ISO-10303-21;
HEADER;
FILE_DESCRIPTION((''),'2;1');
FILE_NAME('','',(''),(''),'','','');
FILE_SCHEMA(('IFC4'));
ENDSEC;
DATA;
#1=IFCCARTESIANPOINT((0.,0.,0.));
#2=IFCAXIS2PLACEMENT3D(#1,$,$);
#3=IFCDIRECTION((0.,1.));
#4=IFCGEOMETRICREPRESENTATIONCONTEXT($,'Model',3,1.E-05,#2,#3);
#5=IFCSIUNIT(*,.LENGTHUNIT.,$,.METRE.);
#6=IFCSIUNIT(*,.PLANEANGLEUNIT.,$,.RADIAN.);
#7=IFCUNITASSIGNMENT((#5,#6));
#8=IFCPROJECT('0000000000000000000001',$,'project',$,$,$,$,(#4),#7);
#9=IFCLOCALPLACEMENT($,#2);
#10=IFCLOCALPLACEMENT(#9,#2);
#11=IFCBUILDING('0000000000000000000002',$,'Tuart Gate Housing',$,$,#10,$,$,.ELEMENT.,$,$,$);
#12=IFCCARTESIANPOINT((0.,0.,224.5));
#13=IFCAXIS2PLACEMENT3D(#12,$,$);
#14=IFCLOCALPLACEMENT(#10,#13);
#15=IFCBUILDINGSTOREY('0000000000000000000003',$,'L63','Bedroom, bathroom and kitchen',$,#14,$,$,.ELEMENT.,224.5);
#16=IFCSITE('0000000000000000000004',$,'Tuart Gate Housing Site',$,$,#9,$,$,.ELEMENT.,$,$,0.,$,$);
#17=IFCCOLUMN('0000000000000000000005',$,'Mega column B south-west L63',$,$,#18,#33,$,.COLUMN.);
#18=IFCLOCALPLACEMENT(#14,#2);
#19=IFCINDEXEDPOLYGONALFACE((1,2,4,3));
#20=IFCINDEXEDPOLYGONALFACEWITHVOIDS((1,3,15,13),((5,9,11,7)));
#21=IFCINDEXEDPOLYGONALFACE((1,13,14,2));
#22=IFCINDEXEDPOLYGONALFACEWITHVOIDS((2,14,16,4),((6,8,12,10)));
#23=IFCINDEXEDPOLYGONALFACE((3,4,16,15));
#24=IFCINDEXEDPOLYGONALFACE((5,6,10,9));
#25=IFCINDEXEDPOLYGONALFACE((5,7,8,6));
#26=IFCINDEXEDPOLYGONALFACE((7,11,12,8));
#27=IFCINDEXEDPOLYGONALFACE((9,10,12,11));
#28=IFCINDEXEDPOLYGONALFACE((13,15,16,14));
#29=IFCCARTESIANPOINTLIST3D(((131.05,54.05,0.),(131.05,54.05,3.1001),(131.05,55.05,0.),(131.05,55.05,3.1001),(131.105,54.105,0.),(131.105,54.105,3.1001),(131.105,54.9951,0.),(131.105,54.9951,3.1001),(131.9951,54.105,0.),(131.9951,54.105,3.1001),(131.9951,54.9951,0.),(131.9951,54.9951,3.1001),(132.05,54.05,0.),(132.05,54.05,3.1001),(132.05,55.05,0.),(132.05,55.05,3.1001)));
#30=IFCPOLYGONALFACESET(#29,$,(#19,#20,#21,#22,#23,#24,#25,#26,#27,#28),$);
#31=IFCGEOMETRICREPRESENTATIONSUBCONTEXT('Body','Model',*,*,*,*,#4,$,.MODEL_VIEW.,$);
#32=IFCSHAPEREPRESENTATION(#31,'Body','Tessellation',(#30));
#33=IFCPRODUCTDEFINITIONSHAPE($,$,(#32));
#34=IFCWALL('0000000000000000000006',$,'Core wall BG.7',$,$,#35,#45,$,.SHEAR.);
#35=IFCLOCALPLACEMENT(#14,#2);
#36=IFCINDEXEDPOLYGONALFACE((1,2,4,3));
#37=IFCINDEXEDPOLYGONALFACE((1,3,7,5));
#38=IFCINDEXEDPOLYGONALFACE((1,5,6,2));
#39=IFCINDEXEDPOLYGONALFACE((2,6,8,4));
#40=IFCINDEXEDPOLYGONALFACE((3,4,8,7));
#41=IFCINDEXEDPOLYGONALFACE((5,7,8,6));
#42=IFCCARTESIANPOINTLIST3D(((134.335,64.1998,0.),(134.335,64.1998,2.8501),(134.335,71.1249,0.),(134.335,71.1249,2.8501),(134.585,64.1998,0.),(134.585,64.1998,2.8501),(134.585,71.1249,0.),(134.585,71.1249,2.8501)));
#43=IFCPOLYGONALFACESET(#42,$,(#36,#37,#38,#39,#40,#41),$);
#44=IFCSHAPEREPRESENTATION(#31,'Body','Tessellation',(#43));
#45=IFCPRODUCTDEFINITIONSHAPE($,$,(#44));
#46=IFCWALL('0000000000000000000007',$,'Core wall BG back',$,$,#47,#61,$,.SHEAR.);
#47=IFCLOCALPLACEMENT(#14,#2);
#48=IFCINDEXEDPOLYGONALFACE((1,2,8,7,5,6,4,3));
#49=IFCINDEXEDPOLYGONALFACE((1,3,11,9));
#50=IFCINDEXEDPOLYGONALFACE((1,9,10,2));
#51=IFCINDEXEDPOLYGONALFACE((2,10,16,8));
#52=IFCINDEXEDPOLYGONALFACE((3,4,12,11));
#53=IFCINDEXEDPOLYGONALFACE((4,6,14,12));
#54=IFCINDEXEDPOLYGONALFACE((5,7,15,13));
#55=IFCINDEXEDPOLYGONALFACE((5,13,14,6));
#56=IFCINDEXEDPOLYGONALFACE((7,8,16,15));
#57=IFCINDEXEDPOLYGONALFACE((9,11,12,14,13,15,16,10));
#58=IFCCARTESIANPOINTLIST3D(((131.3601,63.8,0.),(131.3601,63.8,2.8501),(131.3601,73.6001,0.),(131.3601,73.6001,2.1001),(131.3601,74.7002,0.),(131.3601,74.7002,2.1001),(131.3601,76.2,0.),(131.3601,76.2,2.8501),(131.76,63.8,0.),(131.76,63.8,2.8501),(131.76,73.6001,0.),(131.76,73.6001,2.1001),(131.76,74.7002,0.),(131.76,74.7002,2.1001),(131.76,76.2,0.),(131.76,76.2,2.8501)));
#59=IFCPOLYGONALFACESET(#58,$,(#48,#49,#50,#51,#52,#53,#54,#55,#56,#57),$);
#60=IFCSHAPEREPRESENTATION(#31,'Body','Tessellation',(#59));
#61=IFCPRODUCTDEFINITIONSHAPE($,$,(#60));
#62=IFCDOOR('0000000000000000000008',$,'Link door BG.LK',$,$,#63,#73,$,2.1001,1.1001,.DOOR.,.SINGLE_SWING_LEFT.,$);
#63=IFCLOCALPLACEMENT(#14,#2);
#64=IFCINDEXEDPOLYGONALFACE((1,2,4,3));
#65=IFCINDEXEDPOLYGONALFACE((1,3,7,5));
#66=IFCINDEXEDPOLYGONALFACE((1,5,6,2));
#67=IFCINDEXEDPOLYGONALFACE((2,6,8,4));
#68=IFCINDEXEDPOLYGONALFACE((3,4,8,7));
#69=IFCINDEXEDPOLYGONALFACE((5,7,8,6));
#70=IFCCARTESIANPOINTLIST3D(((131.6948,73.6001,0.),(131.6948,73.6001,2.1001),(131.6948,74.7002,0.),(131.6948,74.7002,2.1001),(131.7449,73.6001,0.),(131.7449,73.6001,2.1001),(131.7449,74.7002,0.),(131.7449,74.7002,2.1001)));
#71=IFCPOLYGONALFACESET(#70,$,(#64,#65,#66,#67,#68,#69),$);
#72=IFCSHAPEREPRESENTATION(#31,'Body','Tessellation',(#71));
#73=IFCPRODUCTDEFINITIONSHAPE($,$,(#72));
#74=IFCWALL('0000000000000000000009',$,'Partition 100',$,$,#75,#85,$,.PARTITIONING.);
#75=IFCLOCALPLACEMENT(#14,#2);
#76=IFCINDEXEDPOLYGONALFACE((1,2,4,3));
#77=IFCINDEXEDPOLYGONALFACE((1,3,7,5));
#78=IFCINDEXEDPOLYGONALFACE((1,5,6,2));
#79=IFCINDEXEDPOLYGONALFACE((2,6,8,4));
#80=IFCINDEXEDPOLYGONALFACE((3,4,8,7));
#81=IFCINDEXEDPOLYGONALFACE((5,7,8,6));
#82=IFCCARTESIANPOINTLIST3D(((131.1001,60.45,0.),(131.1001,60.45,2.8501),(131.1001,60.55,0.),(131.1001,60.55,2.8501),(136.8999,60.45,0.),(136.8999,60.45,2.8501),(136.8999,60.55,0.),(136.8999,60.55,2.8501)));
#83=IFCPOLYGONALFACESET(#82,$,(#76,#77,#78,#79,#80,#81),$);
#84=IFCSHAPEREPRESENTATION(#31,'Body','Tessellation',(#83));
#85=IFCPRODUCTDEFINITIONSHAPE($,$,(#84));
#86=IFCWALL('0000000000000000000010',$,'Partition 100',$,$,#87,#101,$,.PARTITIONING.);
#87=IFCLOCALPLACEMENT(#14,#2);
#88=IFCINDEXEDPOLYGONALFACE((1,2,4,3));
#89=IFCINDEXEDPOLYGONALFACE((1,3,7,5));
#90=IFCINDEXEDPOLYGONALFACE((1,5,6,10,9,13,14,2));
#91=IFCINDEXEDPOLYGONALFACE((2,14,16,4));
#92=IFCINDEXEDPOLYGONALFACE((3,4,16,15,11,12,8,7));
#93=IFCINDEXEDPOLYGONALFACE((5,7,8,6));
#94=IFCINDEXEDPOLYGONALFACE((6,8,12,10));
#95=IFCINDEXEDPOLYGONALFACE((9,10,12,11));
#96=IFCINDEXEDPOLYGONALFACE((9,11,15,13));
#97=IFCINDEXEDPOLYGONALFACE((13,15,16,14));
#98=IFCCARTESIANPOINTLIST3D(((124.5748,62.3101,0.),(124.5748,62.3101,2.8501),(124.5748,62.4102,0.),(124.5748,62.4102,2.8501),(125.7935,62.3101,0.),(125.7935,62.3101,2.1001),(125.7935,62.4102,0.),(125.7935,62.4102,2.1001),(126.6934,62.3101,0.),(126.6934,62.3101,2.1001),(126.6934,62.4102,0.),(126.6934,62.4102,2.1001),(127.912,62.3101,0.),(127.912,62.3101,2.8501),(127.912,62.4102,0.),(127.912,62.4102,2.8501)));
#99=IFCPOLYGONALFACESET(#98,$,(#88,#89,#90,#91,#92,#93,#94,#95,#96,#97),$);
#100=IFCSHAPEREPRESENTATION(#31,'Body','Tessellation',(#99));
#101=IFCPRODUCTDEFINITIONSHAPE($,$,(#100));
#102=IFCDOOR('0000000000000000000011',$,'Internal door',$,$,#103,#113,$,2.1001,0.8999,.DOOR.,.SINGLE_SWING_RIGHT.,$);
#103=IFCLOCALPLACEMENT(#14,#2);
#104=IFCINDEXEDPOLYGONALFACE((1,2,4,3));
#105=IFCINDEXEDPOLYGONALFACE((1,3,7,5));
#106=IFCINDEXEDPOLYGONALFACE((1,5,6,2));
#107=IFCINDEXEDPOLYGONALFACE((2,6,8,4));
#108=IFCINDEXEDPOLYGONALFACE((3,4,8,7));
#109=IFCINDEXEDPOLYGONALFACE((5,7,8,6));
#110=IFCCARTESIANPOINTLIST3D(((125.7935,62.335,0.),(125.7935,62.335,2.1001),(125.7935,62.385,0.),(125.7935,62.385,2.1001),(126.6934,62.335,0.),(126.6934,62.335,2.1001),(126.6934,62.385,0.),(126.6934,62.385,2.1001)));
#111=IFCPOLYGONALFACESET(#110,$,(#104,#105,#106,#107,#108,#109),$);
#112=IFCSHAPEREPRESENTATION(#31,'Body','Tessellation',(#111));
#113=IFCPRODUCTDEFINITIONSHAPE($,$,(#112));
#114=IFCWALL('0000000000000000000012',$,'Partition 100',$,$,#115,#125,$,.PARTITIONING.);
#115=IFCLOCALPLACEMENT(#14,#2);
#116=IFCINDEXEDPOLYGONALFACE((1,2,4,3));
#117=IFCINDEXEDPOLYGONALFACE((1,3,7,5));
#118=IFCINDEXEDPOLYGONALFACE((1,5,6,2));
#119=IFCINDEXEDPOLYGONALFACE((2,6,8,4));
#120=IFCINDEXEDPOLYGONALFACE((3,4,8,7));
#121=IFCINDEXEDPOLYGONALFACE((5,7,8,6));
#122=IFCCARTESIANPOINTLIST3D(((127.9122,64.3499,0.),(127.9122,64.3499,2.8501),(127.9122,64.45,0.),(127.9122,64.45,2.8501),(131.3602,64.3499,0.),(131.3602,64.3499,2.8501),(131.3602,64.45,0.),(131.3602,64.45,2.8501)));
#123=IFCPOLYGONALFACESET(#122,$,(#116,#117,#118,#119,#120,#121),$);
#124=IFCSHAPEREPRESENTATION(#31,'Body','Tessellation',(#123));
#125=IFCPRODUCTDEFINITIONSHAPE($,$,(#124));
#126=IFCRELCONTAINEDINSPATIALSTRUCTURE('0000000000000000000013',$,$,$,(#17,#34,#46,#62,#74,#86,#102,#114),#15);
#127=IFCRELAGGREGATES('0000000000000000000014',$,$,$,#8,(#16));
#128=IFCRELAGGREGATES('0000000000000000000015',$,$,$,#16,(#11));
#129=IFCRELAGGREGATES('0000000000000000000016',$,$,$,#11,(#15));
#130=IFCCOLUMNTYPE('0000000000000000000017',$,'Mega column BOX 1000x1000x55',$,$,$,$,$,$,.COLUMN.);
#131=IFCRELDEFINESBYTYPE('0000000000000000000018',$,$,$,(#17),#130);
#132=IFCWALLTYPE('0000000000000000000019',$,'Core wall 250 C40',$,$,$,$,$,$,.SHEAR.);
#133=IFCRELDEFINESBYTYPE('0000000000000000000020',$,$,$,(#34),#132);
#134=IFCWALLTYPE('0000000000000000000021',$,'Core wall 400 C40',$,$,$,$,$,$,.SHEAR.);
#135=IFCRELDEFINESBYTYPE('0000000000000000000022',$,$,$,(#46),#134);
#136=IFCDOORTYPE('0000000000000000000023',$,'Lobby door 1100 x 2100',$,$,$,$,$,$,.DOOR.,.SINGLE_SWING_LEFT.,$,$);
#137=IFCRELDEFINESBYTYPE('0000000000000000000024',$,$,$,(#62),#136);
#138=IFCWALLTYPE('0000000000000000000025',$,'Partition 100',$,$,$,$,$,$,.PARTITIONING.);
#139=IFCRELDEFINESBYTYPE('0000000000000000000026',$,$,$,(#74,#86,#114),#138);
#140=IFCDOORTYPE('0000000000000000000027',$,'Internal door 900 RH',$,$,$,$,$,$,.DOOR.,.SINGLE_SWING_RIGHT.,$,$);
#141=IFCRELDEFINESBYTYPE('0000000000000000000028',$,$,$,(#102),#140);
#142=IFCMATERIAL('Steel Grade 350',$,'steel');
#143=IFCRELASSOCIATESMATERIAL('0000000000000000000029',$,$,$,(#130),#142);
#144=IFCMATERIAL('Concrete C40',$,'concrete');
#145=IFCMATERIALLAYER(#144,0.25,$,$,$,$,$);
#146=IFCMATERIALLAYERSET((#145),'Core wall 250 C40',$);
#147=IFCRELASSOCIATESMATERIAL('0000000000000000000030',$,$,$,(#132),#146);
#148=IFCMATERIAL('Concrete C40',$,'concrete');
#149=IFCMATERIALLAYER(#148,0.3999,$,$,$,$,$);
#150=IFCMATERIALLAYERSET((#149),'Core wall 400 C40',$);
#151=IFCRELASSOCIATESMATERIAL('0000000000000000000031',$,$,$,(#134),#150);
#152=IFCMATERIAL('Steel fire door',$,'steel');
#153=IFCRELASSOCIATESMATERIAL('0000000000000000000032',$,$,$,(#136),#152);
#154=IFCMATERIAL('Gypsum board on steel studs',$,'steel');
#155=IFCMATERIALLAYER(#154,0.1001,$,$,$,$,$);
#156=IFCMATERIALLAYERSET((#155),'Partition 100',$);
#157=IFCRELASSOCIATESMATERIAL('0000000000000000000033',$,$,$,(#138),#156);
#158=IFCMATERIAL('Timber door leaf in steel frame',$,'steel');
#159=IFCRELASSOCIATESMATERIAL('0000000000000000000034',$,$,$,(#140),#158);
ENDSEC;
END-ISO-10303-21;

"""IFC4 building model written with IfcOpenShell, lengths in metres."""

from ifc_helpers import new_model, si_unit, direction, frame, frame_2d, origin, origin_2d, place, context, subcontext, project, spatial, rectangle, hollow_rectangle, extrude, material, layer, layer_set, material_profile, profile_set, type_object, element, fill, save


model = new_model("IFC4")

# Units and contexts
model_context = context("Model", 3, precision=1e-05, world=origin(), true_north=direction((0.0, 1.0)))
body_context = subcontext(model_context, "Body", "Model", "MODEL_VIEW")
ifc_project = project(units=[si_unit("LENGTHUNIT", "METRE"), si_unit("PLANEANGLEUNIT", "RADIAN")], contexts=[model_context])

# Site, building, storey
site_placement = place(None, origin())
site = spatial("IfcSite", under=ifc_project, at=site_placement, Name="Tuart Gate Housing Site", CompositionType="ELEMENT", RefElevation=0.0)
building_placement = place(site_placement, origin())
building = spatial("IfcBuilding", under=site, at=building_placement, Name="Tuart Gate Housing", CompositionType="ELEMENT")
storey_placement = place(building_placement, frame((0.0, 0.0, 224.5)))
storey = spatial("IfcBuildingStorey", under=building, at=storey_placement, Name="L63", Description="Bedroom, bathroom and kitchen", CompositionType="ELEMENT", Elevation=224.5)

# Column
ifc_material_1 = material(Name="Steel Grade 350", Category="steel")
ifc_material_profile = material_profile(ifc_material_1, hollow_rectangle(XDim=1.0, YDim=1.0, WallThickness=0.0549, at=origin_2d()), Name="BOX 1000x1000x55")
ifc_profile_set = profile_set([ifc_material_profile], Name="Steel Grade 350")
column_type = type_object("IfcColumnType", Name="Mega column BOX 1000x1000x55", PredefinedType="COLUMN", material=ifc_profile_set)
column_placement = place(storey_placement, frame((131.55, 54.55, 0.0), z_axis=(0.0, 0.0, 1.0), x_axis=(1.0, 0.0, 0.0)))
element("IfcColumn", 1, at=column_placement, inside=storey, type_object=column_type, Name="Mega column B south-west L63", PredefinedType="COLUMN", context=body_context, shape_type="SweptSolid", body=[
    extrude(hollow_rectangle(XDim=1.0, YDim=1.0, WallThickness=0.0549, at=origin_2d()), origin(), (0.0, 0.0, 1.0), 3.1001),
])

# Wall
ifc_material_2 = material(Name="Concrete C40", Category="concrete")
ifc_layer_1 = layer(ifc_material_2, 0.25)
ifc_layer_set_1 = layer_set([ifc_layer_1], Name="Core wall 250 C40")
wall_type_1 = type_object("IfcWallType", Name="Core wall 250 C40", PredefinedType="SHEAR", material=ifc_layer_set_1)
wall_1_placement = place(storey_placement, frame((134.46, 64.2, 0.0), z_axis=(0.0, 0.0, 1.0), x_axis=(0.0, 1.0, 0.0)))
element("IfcWall", 2, at=wall_1_placement, inside=storey, type_object=wall_type_1, Name="Core wall BG.7", PredefinedType="SHEAR", context=body_context, shape_type="SweptSolid", body=[
    extrude(rectangle(XDim=6.925, YDim=0.25, at=frame_2d((3.4624, 0.0))), origin(), (0.0, 0.0, 1.0), 2.8501),
])

# Wall, opening, door
ifc_material_3 = material(Name="Concrete C40", Category="concrete")
ifc_layer_2 = layer(ifc_material_3, 0.3999)
ifc_layer_set_2 = layer_set([ifc_layer_2], Name="Core wall 400 C40")
wall_type_2 = type_object("IfcWallType", Name="Core wall 400 C40", PredefinedType="SHEAR", material=ifc_layer_set_2)
wall_2_placement = place(storey_placement, frame((131.5601, 63.8, 0.0), z_axis=(0.0, 0.0, 1.0), x_axis=(0.0, 1.0, 0.0)))
wall_2 = element("IfcWall", 3, at=wall_2_placement, inside=storey, type_object=wall_type_2, Name="Core wall BG back", PredefinedType="SHEAR", context=body_context, shape_type="SweptSolid", body=[
    extrude(rectangle(XDim=12.3999, YDim=0.3999, at=frame_2d((6.2, 0.0))), origin(), (0.0, 0.0, 1.0), 2.8501),
])
opening_1_placement = place(wall_2_placement, frame((9.8, 0.0, 0.0)))
opening_1 = element("IfcOpeningElement", 4, at=opening_1_placement, cuts=wall_2, PredefinedType="OPENING", context=body_context, shape_type="SweptSolid", body=[
    extrude(rectangle(XDim=1.1001, YDim=2.1001, at=frame_2d((0.55, 1.05))), frame((0.0, 0.21, 0.0), z_axis=(0.0, -1.0, 0.0), x_axis=(1.0, 0.0, 0.0)), (0.0, 0.0, 1.0), 0.4199),
])
ifc_material_4 = material(Name="Steel fire door", Category="steel")
door_type_1 = type_object("IfcDoorType", Name="Lobby door 1100 x 2100", OperationType="SINGLE_SWING_LEFT", PredefinedType="DOOR", material=ifc_material_4)
door_1_placement = place(opening_1_placement, frame((1.1001, 0.0, 0.0), z_axis=(0.0, 0.0, 1.0), x_axis=(-1.0, 0.0, 0.0)))
door_1 = element("IfcDoor", 5, at=door_1_placement, inside=storey, type_object=door_type_1, Name="Link door BG.LK", OperationType="SINGLE_SWING_LEFT", OverallHeight=2.1001, OverallWidth=1.1001, PredefinedType="DOOR", context=body_context, shape_type="SweptSolid", body=[
    extrude(rectangle(XDim=1.1001, YDim=2.1001, at=frame_2d((0.55, 1.05))), frame((0.0, 0.1848, 0.0), z_axis=(0.0, -1.0, 0.0), x_axis=(1.0, 0.0, 0.0)), (0.0, 0.0, 1.0), 0.05),
])
fill(opening_1, door_1)

# Wall
ifc_material_5 = material(Name="Gypsum board on steel studs", Category="steel")
ifc_layer_3 = layer(ifc_material_5, 0.1001)
ifc_layer_set_3 = layer_set([ifc_layer_3], Name="Partition 100")
wall_type_3 = type_object("IfcWallType", Name="Partition 100", PredefinedType="PARTITIONING", material=ifc_layer_set_3)
wall_3_placement = place(storey_placement, frame((131.1001, 60.5, 0.0), z_axis=(0.0, 0.0, 1.0), x_axis=(1.0, 0.0, 0.0)))
element("IfcWall", 6, at=wall_3_placement, inside=storey, type_object=wall_type_3, Name="Partition 100", PredefinedType="PARTITIONING", context=body_context, shape_type="SweptSolid", body=[
    extrude(rectangle(XDim=5.7998, YDim=0.1001, at=frame_2d((2.8999, 0.0))), origin(), (0.0, 0.0, 1.0), 2.8501),
])

# Wall, opening, door
wall_4_placement = place(storey_placement, frame((124.575, 62.3601, 0.0), z_axis=(0.0, 0.0, 1.0), x_axis=(1.0, 0.0, 0.0)))
wall_4 = element("IfcWall", 7, at=wall_4_placement, inside=storey, type_object=wall_type_3, Name="Partition 100", PredefinedType="PARTITIONING", context=body_context, shape_type="SweptSolid", body=[
    extrude(rectangle(XDim=3.3372, YDim=0.1001, at=frame_2d((1.6685, 0.0))), origin(), (0.0, 0.0, 1.0), 2.8501),
])
opening_2_placement = place(wall_4_placement, frame((1.2185, 0.0, 0.0)))
opening_2 = element("IfcOpeningElement", 8, at=opening_2_placement, cuts=wall_4, PredefinedType="OPENING", context=body_context, shape_type="SweptSolid", body=[
    extrude(rectangle(XDim=0.8999, YDim=2.1001, at=frame_2d((0.45, 1.05))), frame((0.0, 0.0601, 0.0), z_axis=(0.0, -1.0, 0.0), x_axis=(1.0, 0.0, 0.0)), (0.0, 0.0, 1.0), 0.1201),
])
ifc_material_6 = material(Name="Timber door leaf in steel frame", Category="steel")
door_type_2 = type_object("IfcDoorType", Name="Internal door 900 RH", OperationType="SINGLE_SWING_RIGHT", PredefinedType="DOOR", material=ifc_material_6)
door_2_placement = place(opening_2_placement, origin())
door_2 = element("IfcDoor", 9, at=door_2_placement, inside=storey, type_object=door_type_2, Name="Internal door", OperationType="SINGLE_SWING_RIGHT", OverallHeight=2.1001, OverallWidth=0.8999, PredefinedType="DOOR", context=body_context, shape_type="SweptSolid", body=[
    extrude(rectangle(XDim=0.8999, YDim=2.1001, at=frame_2d((0.45, 1.05))), frame((0.0, 0.0249, 0.0), z_axis=(0.0, -1.0, 0.0), x_axis=(1.0, 0.0, 0.0)), (0.0, 0.0, 1.0), 0.05),
])
fill(opening_2, door_2)

# Wall
wall_5_placement = place(storey_placement, frame((127.9121, 64.3999, 0.0), z_axis=(0.0, 0.0, 1.0), x_axis=(1.0, 0.0, 0.0)))
element("IfcWall", 10, at=wall_5_placement, inside=storey, type_object=wall_type_3, Name="Partition 100", PredefinedType="PARTITIONING", context=body_context, shape_type="SweptSolid", body=[
    extrude(rectangle(XDim=3.448, YDim=0.1001, at=frame_2d((1.7241, 0.0))), origin(), (0.0, 0.0, 1.0), 2.8501),
])

save(model, "model.ifc")
